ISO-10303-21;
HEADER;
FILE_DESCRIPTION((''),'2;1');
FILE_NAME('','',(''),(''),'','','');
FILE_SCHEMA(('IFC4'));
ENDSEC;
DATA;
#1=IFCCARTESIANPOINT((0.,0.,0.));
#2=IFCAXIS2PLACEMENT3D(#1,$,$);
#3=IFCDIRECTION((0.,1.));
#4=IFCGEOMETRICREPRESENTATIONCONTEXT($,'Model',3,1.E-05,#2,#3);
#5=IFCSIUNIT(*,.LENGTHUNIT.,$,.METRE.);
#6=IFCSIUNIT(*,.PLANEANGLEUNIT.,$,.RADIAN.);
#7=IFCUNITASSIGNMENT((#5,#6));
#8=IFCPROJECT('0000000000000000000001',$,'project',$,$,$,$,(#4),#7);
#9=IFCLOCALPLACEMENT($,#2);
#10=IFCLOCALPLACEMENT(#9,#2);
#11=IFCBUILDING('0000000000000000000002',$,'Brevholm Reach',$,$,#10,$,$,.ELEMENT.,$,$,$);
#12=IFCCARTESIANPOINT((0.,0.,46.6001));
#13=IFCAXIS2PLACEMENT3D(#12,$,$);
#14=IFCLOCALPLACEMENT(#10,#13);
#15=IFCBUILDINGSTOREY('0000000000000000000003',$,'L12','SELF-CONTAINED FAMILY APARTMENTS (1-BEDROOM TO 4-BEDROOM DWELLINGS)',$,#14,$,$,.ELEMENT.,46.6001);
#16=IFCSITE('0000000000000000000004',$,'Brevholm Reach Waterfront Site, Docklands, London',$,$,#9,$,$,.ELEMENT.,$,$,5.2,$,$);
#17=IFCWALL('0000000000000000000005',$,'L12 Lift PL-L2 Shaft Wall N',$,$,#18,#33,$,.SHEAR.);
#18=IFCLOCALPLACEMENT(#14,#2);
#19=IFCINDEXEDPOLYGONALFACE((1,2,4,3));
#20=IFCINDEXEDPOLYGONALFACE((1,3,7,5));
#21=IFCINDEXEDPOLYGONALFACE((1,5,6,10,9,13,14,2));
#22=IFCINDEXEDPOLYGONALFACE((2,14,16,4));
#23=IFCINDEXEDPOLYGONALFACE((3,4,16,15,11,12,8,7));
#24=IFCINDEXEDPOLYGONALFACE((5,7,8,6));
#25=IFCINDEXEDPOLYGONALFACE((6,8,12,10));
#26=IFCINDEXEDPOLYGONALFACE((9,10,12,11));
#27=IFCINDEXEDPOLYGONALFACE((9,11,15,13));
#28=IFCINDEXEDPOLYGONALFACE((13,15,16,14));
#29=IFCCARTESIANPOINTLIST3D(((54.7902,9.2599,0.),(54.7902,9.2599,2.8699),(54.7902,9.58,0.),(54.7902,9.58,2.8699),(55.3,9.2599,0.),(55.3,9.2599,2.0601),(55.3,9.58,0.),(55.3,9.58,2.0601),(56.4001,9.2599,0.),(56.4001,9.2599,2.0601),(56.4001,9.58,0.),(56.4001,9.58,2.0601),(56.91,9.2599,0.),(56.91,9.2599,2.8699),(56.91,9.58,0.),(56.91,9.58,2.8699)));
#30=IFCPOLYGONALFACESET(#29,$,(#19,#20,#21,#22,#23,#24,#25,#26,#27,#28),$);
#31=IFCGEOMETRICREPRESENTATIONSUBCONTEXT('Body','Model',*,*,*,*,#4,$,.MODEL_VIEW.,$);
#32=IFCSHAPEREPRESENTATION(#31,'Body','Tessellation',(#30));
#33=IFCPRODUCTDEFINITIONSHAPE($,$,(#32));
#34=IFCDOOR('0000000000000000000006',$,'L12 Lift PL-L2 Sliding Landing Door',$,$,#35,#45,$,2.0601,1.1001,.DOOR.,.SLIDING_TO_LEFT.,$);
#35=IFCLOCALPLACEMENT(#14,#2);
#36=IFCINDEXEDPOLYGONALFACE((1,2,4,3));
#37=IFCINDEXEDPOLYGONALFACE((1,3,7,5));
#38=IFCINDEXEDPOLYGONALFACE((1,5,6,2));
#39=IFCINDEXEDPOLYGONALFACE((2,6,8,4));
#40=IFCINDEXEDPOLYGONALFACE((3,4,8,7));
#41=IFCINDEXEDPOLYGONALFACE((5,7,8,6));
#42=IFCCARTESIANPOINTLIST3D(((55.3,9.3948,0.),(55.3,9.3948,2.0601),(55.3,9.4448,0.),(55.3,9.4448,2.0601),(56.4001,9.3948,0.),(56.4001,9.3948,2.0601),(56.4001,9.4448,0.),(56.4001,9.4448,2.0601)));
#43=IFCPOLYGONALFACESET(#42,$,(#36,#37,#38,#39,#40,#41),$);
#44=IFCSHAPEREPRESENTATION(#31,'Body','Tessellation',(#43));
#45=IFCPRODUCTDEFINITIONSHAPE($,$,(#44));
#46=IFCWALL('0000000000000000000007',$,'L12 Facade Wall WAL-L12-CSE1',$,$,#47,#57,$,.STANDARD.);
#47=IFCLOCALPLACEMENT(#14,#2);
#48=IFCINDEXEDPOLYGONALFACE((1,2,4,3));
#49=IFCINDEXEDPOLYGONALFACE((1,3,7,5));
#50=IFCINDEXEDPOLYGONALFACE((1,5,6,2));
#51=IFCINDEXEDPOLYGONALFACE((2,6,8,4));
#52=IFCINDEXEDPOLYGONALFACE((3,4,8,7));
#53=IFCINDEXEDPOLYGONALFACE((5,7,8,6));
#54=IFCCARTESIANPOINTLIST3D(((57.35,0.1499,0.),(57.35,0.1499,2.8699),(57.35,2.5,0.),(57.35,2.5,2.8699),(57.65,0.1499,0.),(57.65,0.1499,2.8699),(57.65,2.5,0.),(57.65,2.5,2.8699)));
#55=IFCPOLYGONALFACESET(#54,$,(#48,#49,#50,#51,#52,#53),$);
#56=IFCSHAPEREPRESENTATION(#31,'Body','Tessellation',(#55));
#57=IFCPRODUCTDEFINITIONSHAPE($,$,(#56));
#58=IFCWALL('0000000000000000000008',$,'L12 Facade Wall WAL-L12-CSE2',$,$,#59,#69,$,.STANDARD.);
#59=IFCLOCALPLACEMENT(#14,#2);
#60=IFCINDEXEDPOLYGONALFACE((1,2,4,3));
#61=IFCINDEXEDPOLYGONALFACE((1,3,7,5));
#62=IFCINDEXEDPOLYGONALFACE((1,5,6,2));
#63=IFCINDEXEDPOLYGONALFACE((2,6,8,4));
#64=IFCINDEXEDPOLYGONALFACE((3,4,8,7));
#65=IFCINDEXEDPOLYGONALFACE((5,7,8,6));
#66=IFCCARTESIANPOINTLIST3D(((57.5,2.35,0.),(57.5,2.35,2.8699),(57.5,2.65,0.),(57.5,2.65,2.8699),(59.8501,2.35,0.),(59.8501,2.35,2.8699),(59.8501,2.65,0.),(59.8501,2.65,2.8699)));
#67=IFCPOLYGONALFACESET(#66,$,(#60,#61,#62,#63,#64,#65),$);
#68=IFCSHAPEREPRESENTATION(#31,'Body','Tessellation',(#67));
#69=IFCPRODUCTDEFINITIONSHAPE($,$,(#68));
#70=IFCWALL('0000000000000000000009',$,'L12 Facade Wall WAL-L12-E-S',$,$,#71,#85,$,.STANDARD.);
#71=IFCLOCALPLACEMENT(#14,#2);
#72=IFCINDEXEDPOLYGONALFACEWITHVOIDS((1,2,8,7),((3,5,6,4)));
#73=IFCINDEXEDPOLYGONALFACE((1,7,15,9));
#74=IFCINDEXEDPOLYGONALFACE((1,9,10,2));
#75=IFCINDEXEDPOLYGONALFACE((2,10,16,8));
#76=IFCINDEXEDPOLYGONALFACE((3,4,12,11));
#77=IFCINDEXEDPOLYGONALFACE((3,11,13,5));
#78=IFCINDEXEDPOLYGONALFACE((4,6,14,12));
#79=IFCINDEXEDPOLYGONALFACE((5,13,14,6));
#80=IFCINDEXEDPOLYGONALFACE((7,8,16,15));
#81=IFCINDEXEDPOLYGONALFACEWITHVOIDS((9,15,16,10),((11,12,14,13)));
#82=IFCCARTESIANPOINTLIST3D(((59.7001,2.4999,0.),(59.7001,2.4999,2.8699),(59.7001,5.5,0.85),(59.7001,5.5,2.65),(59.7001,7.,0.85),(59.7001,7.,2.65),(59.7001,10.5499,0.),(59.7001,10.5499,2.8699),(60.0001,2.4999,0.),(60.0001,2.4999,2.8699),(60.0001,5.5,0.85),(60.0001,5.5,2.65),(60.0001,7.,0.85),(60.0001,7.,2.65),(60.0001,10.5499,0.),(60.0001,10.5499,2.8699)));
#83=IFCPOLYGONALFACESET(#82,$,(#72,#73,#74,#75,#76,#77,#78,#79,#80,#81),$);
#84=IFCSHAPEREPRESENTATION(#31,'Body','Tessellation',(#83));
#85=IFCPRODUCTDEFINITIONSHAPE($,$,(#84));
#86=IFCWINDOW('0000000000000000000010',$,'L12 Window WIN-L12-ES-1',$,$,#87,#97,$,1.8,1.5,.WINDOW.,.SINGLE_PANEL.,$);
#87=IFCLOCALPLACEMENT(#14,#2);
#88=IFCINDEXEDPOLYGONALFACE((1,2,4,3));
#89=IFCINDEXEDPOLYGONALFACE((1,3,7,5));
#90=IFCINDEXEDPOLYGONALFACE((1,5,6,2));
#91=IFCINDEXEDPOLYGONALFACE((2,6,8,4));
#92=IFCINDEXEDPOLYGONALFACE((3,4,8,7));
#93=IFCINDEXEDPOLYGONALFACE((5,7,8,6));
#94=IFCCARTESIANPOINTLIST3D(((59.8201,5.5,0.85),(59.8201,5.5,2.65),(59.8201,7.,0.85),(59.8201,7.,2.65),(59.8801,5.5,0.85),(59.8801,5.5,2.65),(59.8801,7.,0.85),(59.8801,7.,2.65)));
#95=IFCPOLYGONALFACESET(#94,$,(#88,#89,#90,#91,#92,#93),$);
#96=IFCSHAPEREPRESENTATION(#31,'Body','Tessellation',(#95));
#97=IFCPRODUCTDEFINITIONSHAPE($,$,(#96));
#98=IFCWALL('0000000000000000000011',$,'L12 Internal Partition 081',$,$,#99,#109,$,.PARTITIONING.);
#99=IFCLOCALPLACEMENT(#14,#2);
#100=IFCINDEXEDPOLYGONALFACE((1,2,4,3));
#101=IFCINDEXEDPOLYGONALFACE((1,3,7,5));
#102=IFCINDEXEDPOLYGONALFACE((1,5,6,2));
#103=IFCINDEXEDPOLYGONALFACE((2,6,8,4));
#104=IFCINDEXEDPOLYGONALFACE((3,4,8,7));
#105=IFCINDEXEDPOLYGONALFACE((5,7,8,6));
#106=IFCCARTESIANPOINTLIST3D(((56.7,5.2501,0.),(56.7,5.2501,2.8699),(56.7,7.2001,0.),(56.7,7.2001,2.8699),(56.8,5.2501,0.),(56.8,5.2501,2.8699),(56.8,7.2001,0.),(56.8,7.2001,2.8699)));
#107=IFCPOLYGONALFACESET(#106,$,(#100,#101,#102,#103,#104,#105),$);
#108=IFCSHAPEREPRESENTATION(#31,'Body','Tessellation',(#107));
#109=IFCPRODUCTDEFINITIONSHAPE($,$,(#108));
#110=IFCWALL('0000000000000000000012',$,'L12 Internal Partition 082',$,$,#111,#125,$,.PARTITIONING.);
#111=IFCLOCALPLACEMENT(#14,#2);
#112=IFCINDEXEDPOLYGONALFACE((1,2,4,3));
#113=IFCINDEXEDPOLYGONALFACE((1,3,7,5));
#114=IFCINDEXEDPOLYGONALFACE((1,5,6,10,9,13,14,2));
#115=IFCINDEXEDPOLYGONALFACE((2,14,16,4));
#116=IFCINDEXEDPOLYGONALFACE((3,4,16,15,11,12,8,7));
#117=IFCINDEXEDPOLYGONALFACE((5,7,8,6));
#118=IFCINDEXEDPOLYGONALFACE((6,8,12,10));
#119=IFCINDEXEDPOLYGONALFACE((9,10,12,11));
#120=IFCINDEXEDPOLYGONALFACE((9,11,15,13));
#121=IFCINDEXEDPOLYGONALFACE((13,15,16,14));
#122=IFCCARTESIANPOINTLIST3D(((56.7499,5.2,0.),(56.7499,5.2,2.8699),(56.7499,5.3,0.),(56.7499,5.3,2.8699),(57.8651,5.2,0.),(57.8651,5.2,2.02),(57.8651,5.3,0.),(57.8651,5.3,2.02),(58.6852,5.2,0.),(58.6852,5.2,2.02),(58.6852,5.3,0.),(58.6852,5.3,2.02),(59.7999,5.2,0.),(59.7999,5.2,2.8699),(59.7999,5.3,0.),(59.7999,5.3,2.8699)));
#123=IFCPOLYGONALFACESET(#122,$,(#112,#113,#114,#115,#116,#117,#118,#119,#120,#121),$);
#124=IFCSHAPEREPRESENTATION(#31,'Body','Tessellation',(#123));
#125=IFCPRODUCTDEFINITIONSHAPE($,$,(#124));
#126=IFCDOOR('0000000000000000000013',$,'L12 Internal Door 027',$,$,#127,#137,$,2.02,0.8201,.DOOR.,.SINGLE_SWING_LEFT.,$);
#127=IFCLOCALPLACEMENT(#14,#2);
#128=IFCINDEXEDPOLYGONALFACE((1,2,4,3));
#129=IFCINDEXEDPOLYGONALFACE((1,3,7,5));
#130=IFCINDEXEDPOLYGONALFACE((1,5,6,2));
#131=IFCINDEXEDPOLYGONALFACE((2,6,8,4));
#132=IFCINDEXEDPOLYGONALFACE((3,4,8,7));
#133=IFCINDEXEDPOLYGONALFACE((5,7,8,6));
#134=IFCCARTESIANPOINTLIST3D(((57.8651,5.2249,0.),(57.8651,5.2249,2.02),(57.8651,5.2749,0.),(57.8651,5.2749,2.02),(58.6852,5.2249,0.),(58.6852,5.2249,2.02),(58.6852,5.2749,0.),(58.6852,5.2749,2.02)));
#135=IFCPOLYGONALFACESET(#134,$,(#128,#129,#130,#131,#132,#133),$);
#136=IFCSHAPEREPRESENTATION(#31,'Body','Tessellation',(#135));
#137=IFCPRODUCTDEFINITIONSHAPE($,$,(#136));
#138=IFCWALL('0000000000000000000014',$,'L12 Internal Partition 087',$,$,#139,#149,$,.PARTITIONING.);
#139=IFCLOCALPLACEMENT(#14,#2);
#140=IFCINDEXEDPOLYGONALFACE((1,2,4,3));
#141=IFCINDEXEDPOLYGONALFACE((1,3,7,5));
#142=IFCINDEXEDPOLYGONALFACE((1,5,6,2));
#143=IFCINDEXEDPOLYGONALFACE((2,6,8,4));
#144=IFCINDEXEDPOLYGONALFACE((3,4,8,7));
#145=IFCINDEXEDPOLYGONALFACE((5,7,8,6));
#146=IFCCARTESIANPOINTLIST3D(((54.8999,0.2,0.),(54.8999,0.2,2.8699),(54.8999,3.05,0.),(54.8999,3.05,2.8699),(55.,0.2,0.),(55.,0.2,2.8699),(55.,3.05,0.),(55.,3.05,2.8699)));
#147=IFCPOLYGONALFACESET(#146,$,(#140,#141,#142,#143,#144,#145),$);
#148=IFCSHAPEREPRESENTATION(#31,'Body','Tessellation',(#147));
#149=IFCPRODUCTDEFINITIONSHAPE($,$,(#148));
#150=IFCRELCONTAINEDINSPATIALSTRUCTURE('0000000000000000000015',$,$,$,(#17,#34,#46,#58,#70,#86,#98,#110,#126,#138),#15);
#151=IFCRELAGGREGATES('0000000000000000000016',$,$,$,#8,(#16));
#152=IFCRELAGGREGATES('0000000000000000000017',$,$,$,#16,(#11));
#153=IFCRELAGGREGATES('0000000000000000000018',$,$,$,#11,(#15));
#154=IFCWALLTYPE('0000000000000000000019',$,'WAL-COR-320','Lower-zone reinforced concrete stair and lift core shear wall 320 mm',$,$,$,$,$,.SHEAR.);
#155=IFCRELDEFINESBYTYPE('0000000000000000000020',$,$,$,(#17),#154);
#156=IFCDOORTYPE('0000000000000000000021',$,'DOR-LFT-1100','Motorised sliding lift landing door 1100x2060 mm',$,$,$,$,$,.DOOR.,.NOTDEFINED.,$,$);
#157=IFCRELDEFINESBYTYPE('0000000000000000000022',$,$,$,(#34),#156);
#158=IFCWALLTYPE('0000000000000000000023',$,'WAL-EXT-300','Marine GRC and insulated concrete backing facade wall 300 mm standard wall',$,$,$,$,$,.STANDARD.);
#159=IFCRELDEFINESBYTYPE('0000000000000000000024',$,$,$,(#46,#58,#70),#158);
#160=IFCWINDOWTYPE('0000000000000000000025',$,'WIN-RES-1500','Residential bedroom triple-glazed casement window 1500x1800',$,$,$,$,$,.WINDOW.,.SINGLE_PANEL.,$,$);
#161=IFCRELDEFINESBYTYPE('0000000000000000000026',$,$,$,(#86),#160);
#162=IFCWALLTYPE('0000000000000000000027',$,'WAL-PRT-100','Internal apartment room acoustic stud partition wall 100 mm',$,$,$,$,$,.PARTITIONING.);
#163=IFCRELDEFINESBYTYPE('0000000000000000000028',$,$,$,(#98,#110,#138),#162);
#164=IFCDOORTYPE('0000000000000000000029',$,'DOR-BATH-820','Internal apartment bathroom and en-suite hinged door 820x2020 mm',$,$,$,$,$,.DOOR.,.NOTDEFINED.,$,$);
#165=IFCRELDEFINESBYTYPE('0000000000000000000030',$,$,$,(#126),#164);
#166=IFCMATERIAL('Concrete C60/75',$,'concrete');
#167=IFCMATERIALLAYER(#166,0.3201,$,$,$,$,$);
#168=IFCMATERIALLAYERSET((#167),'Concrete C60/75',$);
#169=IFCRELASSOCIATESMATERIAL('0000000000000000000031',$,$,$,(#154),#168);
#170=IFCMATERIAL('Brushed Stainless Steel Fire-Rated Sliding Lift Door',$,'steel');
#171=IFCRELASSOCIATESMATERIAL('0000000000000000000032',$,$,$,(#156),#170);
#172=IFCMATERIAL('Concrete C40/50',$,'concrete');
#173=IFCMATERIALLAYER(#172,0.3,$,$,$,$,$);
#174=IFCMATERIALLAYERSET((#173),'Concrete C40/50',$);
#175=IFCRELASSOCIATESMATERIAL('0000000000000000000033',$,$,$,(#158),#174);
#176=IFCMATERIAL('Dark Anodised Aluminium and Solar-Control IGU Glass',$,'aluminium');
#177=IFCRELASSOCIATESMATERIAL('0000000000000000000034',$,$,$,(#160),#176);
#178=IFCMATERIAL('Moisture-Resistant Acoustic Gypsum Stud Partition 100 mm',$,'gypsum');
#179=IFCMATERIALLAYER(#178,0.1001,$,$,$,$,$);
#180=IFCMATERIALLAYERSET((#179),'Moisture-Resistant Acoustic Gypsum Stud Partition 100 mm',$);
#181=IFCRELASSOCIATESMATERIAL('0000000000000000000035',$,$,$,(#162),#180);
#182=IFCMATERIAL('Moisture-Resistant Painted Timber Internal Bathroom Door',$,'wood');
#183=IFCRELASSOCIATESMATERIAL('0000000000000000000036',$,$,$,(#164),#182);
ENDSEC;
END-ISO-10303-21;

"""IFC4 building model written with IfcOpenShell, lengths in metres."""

from ifc_helpers import new_model, si_unit, direction, frame, frame_2d, origin, place, context, subcontext, project, spatial, rectangle, extrude, material, layer, layer_set, type_object, element, fill, save


model = new_model("IFC4")

# Units and contexts
model_context = context("Model", 3, precision=1e-05, world=origin(), true_north=direction((0.0, 1.0)))
body_context = subcontext(model_context, "Body", "Model", "MODEL_VIEW")
ifc_project = project(units=[si_unit("LENGTHUNIT", "METRE"), si_unit("PLANEANGLEUNIT", "RADIAN")], contexts=[model_context])

# Site, building, storey
site_placement = place(None, origin())
site = spatial("IfcSite", under=ifc_project, at=site_placement, Name="Brevholm Reach Waterfront Site, Docklands, London", CompositionType="ELEMENT", RefElevation=5.2)
building_placement = place(site_placement, origin())
building = spatial("IfcBuilding", under=site, at=building_placement, Name="Brevholm Reach", CompositionType="ELEMENT")
storey_placement = place(building_placement, frame((0.0, 0.0, 46.6001)))
storey = spatial("IfcBuildingStorey", under=building, at=storey_placement, Name="L12", Description="SELF-CONTAINED FAMILY APARTMENTS (1-BEDROOM TO 4-BEDROOM DWELLINGS)", CompositionType="ELEMENT", Elevation=46.6001)

# Shared definitions
ifc_material_1 = material(Name="Concrete C60/75", Category="concrete")
ifc_layer_1 = layer(ifc_material_1, 0.3201)
ifc_layer_set_1 = layer_set([ifc_layer_1], Name="Concrete C60/75")
wall_type_1 = type_object("IfcWallType", Name="WAL-COR-320", Description="Lower-zone reinforced concrete stair and lift core shear wall 320 mm", PredefinedType="SHEAR", material=ifc_layer_set_1)

# Wall, opening, door
wall_1_placement = place(storey_placement, frame((54.79, 9.4199, 0.0), z_axis=(0.0, 0.0, 1.0), x_axis=(1.0, 0.0, 0.0)))
wall_1 = element("IfcWall", 1, at=wall_1_placement, inside=storey, type_object=wall_type_1, Name="L12 Lift PL-L2 Shaft Wall N", PredefinedType="SHEAR", context=body_context, shape_type="SweptSolid", body=[
    extrude(rectangle(XDim=2.1199, YDim=0.3201, at=frame_2d((1.0601, 0.0))), origin(), (0.0, 0.0, 1.0), 2.8699),
])
opening_1_placement = place(wall_1_placement, frame((0.51, 0.0, 0.0)))
opening_1 = element("IfcOpeningElement", 2, at=opening_1_placement, cuts=wall_1, PredefinedType="OPENING", context=body_context, shape_type="SweptSolid", body=[
    extrude(rectangle(XDim=1.1001, YDim=2.0601, at=frame_2d((0.55, 1.03))), frame((0.0, 0.1699, 0.0), z_axis=(0.0, -1.0, 0.0), x_axis=(1.0, 0.0, 0.0)), (0.0, 0.0, 1.0), 0.3401),
])
ifc_material_2 = material(Name="Brushed Stainless Steel Fire-Rated Sliding Lift Door", Category="steel")
door_type_1 = type_object("IfcDoorType", Name="DOR-LFT-1100", Description="Motorised sliding lift landing door 1100x2060 mm", OperationType="NOTDEFINED", PredefinedType="DOOR", material=ifc_material_2)
door_1_placement = place(opening_1_placement, origin())
door_1 = element("IfcDoor", 3, at=door_1_placement, inside=storey, type_object=door_type_1, Name="L12 Lift PL-L2 Sliding Landing Door", OperationType="SLIDING_TO_LEFT", OverallHeight=2.0601, OverallWidth=1.1001, PredefinedType="DOOR", context=body_context, shape_type="SweptSolid", body=[
    extrude(rectangle(XDim=1.1001, YDim=2.0601, at=frame_2d((0.55, 1.03))), frame((0.0, 0.0249, 0.0), z_axis=(0.0, -1.0, 0.0), x_axis=(1.0, 0.0, 0.0)), (0.0, 0.0, 1.0), 0.05),
])
fill(opening_1, door_1)

# Walls
ifc_material_3 = material(Name="Concrete C40/50", Category="concrete")
ifc_layer_2 = layer(ifc_material_3, 0.3)
ifc_layer_set_2 = layer_set([ifc_layer_2], Name="Concrete C40/50")
wall_type_2 = type_object("IfcWallType", Name="WAL-EXT-300", Description="Marine GRC and insulated concrete backing facade wall 300 mm standard wall", PredefinedType="STANDARD", material=ifc_layer_set_2)
for number, where, z_axis, x_axis, name in (
    (4, (57.5, 0.1499, 0.0), (0.0, 0.0, 1.0), (0.0, 1.0, 0.0), "L12 Facade Wall WAL-L12-CSE1"),
    (5, (57.5, 2.5, 0.0), (0.0, 0.0, 1.0), (1.0, 0.0, 0.0), "L12 Facade Wall WAL-L12-CSE2"),
):
    element("IfcWall", number, at=place(storey_placement, frame(where, z_axis=z_axis, x_axis=x_axis)), inside=storey, type_object=wall_type_2, Name=name, PredefinedType="STANDARD", context=body_context, shape_type="SweptSolid", body=[
        extrude(rectangle(XDim=2.3501, YDim=0.3, at=frame_2d((1.175, 0.0))), origin(), (0.0, 0.0, 1.0), 2.8699),
    ])

# Wall, opening, window
wall_2_placement = place(storey_placement, frame((59.8501, 2.5, 0.0), z_axis=(0.0, 0.0, 1.0), x_axis=(0.0, 1.0, 0.0)))
wall_2 = element("IfcWall", 6, at=wall_2_placement, inside=storey, type_object=wall_type_2, Name="L12 Facade Wall WAL-L12-E-S", PredefinedType="STANDARD", context=body_context, shape_type="SweptSolid", body=[
    extrude(rectangle(XDim=8.05, YDim=0.3, at=frame_2d((4.0249, 0.0))), origin(), (0.0, 0.0, 1.0), 2.8699),
])
opening_2_placement = place(wall_2_placement, frame((3.0, 0.0, 0.8501)))
opening_2 = element("IfcOpeningElement", 7, at=opening_2_placement, cuts=wall_2, PredefinedType="OPENING", context=body_context, shape_type="SweptSolid", body=[
    extrude(rectangle(XDim=1.5, YDim=1.8, at=frame_2d((0.75, 0.8999))), frame((0.0, 0.1599, 0.0), z_axis=(0.0, -1.0, 0.0), x_axis=(1.0, 0.0, 0.0)), (0.0, 0.0, 1.0), 0.3201),
])
ifc_material_4 = material(Name="Dark Anodised Aluminium and Solar-Control IGU Glass", Category="aluminium")
window_type = type_object("IfcWindowType", Name="WIN-RES-1500", Description="Residential bedroom triple-glazed casement window 1500x1800", PartitioningType="SINGLE_PANEL", PredefinedType="WINDOW", material=ifc_material_4)
window_placement = place(opening_2_placement, origin())
window = element("IfcWindow", 8, at=window_placement, inside=storey, type_object=window_type, Name="L12 Window WIN-L12-ES-1", OverallHeight=1.8, OverallWidth=1.5, PartitioningType="SINGLE_PANEL", PredefinedType="WINDOW", context=body_context, shape_type="SweptSolid", body=[
    extrude(rectangle(XDim=1.5, YDim=1.8, at=frame_2d((0.75, 0.8999))), frame((0.0, 0.03, 0.0), z_axis=(0.0, -1.0, 0.0), x_axis=(1.0, 0.0, 0.0)), (0.0, 0.0, 1.0), 0.0601),
])
fill(opening_2, window)

# Wall
ifc_material_5 = material(Name="Moisture-Resistant Acoustic Gypsum Stud Partition 100 mm", Category="gypsum")
ifc_layer_3 = layer(ifc_material_5, 0.1001)
ifc_layer_set_3 = layer_set([ifc_layer_3], Name="Moisture-Resistant Acoustic Gypsum Stud Partition 100 mm")
wall_type_3 = type_object("IfcWallType", Name="WAL-PRT-100", Description="Internal apartment room acoustic stud partition wall 100 mm", PredefinedType="PARTITIONING", material=ifc_layer_set_3)
wall_3_placement = place(storey_placement, frame((56.75, 5.25, 0.0), z_axis=(0.0, 0.0, 1.0), x_axis=(0.0, 1.0, 0.0)))
element("IfcWall", 9, at=wall_3_placement, inside=storey, type_object=wall_type_3, Name="L12 Internal Partition 081", PredefinedType="PARTITIONING", context=body_context, shape_type="SweptSolid", body=[
    extrude(rectangle(XDim=1.95, YDim=0.1001, at=frame_2d((0.9751, 0.0))), origin(), (0.0, 0.0, 1.0), 2.8699),
])

# Wall, opening, door
wall_4_placement = place(storey_placement, frame((56.75, 5.25, 0.0), z_axis=(0.0, 0.0, 1.0), x_axis=(1.0, 0.0, 0.0)))
wall_4 = element("IfcWall", 10, at=wall_4_placement, inside=storey, type_object=wall_type_3, Name="L12 Internal Partition 082", PredefinedType="PARTITIONING", context=body_context, shape_type="SweptSolid", body=[
    extrude(rectangle(XDim=3.05, YDim=0.1001, at=frame_2d((1.5249, 0.0))), origin(), (0.0, 0.0, 1.0), 2.8699),
])
opening_3_placement = place(wall_4_placement, frame((1.115, 0.0, 0.0)))
opening_3 = element("IfcOpeningElement", 11, at=opening_3_placement, cuts=wall_4, PredefinedType="OPENING", context=body_context, shape_type="SweptSolid", body=[
    extrude(rectangle(XDim=0.8201, YDim=2.02, at=frame_2d((0.4102, 1.01))), frame((0.0, 0.0601, 0.0), z_axis=(0.0, -1.0, 0.0), x_axis=(1.0, 0.0, 0.0)), (0.0, 0.0, 1.0), 0.1201),
])
ifc_material_6 = material(Name="Moisture-Resistant Painted Timber Internal Bathroom Door", Category="wood")
door_type_2 = type_object("IfcDoorType", Name="DOR-BATH-820", Description="Internal apartment bathroom and en-suite hinged door 820x2020 mm", OperationType="NOTDEFINED", PredefinedType="DOOR", material=ifc_material_6)
door_2_placement = place(opening_3_placement, origin())
door_2 = element("IfcDoor", 12, at=door_2_placement, inside=storey, type_object=door_type_2, Name="L12 Internal Door 027", OperationType="SINGLE_SWING_LEFT", OverallHeight=2.02, OverallWidth=0.8201, PredefinedType="DOOR", context=body_context, shape_type="SweptSolid", body=[
    extrude(rectangle(XDim=0.8201, YDim=2.02, at=frame_2d((0.4102, 1.01))), frame((0.0, 0.0249, 0.0), z_axis=(0.0, -1.0, 0.0), x_axis=(1.0, 0.0, 0.0)), (0.0, 0.0, 1.0), 0.05),
])
fill(opening_3, door_2)

# Wall
wall_5_placement = place(storey_placement, frame((54.95, 0.2, 0.0), z_axis=(0.0, 0.0, 1.0), x_axis=(0.0, 1.0, 0.0)))
element("IfcWall", 13, at=wall_5_placement, inside=storey, type_object=wall_type_3, Name="L12 Internal Partition 087", PredefinedType="PARTITIONING", context=body_context, shape_type="SweptSolid", body=[
    extrude(rectangle(XDim=2.8501, YDim=0.1001, at=frame_2d((1.425, 0.0))), origin(), (0.0, 0.0, 1.0), 2.8699),
])

save(model, "model.ifc")
